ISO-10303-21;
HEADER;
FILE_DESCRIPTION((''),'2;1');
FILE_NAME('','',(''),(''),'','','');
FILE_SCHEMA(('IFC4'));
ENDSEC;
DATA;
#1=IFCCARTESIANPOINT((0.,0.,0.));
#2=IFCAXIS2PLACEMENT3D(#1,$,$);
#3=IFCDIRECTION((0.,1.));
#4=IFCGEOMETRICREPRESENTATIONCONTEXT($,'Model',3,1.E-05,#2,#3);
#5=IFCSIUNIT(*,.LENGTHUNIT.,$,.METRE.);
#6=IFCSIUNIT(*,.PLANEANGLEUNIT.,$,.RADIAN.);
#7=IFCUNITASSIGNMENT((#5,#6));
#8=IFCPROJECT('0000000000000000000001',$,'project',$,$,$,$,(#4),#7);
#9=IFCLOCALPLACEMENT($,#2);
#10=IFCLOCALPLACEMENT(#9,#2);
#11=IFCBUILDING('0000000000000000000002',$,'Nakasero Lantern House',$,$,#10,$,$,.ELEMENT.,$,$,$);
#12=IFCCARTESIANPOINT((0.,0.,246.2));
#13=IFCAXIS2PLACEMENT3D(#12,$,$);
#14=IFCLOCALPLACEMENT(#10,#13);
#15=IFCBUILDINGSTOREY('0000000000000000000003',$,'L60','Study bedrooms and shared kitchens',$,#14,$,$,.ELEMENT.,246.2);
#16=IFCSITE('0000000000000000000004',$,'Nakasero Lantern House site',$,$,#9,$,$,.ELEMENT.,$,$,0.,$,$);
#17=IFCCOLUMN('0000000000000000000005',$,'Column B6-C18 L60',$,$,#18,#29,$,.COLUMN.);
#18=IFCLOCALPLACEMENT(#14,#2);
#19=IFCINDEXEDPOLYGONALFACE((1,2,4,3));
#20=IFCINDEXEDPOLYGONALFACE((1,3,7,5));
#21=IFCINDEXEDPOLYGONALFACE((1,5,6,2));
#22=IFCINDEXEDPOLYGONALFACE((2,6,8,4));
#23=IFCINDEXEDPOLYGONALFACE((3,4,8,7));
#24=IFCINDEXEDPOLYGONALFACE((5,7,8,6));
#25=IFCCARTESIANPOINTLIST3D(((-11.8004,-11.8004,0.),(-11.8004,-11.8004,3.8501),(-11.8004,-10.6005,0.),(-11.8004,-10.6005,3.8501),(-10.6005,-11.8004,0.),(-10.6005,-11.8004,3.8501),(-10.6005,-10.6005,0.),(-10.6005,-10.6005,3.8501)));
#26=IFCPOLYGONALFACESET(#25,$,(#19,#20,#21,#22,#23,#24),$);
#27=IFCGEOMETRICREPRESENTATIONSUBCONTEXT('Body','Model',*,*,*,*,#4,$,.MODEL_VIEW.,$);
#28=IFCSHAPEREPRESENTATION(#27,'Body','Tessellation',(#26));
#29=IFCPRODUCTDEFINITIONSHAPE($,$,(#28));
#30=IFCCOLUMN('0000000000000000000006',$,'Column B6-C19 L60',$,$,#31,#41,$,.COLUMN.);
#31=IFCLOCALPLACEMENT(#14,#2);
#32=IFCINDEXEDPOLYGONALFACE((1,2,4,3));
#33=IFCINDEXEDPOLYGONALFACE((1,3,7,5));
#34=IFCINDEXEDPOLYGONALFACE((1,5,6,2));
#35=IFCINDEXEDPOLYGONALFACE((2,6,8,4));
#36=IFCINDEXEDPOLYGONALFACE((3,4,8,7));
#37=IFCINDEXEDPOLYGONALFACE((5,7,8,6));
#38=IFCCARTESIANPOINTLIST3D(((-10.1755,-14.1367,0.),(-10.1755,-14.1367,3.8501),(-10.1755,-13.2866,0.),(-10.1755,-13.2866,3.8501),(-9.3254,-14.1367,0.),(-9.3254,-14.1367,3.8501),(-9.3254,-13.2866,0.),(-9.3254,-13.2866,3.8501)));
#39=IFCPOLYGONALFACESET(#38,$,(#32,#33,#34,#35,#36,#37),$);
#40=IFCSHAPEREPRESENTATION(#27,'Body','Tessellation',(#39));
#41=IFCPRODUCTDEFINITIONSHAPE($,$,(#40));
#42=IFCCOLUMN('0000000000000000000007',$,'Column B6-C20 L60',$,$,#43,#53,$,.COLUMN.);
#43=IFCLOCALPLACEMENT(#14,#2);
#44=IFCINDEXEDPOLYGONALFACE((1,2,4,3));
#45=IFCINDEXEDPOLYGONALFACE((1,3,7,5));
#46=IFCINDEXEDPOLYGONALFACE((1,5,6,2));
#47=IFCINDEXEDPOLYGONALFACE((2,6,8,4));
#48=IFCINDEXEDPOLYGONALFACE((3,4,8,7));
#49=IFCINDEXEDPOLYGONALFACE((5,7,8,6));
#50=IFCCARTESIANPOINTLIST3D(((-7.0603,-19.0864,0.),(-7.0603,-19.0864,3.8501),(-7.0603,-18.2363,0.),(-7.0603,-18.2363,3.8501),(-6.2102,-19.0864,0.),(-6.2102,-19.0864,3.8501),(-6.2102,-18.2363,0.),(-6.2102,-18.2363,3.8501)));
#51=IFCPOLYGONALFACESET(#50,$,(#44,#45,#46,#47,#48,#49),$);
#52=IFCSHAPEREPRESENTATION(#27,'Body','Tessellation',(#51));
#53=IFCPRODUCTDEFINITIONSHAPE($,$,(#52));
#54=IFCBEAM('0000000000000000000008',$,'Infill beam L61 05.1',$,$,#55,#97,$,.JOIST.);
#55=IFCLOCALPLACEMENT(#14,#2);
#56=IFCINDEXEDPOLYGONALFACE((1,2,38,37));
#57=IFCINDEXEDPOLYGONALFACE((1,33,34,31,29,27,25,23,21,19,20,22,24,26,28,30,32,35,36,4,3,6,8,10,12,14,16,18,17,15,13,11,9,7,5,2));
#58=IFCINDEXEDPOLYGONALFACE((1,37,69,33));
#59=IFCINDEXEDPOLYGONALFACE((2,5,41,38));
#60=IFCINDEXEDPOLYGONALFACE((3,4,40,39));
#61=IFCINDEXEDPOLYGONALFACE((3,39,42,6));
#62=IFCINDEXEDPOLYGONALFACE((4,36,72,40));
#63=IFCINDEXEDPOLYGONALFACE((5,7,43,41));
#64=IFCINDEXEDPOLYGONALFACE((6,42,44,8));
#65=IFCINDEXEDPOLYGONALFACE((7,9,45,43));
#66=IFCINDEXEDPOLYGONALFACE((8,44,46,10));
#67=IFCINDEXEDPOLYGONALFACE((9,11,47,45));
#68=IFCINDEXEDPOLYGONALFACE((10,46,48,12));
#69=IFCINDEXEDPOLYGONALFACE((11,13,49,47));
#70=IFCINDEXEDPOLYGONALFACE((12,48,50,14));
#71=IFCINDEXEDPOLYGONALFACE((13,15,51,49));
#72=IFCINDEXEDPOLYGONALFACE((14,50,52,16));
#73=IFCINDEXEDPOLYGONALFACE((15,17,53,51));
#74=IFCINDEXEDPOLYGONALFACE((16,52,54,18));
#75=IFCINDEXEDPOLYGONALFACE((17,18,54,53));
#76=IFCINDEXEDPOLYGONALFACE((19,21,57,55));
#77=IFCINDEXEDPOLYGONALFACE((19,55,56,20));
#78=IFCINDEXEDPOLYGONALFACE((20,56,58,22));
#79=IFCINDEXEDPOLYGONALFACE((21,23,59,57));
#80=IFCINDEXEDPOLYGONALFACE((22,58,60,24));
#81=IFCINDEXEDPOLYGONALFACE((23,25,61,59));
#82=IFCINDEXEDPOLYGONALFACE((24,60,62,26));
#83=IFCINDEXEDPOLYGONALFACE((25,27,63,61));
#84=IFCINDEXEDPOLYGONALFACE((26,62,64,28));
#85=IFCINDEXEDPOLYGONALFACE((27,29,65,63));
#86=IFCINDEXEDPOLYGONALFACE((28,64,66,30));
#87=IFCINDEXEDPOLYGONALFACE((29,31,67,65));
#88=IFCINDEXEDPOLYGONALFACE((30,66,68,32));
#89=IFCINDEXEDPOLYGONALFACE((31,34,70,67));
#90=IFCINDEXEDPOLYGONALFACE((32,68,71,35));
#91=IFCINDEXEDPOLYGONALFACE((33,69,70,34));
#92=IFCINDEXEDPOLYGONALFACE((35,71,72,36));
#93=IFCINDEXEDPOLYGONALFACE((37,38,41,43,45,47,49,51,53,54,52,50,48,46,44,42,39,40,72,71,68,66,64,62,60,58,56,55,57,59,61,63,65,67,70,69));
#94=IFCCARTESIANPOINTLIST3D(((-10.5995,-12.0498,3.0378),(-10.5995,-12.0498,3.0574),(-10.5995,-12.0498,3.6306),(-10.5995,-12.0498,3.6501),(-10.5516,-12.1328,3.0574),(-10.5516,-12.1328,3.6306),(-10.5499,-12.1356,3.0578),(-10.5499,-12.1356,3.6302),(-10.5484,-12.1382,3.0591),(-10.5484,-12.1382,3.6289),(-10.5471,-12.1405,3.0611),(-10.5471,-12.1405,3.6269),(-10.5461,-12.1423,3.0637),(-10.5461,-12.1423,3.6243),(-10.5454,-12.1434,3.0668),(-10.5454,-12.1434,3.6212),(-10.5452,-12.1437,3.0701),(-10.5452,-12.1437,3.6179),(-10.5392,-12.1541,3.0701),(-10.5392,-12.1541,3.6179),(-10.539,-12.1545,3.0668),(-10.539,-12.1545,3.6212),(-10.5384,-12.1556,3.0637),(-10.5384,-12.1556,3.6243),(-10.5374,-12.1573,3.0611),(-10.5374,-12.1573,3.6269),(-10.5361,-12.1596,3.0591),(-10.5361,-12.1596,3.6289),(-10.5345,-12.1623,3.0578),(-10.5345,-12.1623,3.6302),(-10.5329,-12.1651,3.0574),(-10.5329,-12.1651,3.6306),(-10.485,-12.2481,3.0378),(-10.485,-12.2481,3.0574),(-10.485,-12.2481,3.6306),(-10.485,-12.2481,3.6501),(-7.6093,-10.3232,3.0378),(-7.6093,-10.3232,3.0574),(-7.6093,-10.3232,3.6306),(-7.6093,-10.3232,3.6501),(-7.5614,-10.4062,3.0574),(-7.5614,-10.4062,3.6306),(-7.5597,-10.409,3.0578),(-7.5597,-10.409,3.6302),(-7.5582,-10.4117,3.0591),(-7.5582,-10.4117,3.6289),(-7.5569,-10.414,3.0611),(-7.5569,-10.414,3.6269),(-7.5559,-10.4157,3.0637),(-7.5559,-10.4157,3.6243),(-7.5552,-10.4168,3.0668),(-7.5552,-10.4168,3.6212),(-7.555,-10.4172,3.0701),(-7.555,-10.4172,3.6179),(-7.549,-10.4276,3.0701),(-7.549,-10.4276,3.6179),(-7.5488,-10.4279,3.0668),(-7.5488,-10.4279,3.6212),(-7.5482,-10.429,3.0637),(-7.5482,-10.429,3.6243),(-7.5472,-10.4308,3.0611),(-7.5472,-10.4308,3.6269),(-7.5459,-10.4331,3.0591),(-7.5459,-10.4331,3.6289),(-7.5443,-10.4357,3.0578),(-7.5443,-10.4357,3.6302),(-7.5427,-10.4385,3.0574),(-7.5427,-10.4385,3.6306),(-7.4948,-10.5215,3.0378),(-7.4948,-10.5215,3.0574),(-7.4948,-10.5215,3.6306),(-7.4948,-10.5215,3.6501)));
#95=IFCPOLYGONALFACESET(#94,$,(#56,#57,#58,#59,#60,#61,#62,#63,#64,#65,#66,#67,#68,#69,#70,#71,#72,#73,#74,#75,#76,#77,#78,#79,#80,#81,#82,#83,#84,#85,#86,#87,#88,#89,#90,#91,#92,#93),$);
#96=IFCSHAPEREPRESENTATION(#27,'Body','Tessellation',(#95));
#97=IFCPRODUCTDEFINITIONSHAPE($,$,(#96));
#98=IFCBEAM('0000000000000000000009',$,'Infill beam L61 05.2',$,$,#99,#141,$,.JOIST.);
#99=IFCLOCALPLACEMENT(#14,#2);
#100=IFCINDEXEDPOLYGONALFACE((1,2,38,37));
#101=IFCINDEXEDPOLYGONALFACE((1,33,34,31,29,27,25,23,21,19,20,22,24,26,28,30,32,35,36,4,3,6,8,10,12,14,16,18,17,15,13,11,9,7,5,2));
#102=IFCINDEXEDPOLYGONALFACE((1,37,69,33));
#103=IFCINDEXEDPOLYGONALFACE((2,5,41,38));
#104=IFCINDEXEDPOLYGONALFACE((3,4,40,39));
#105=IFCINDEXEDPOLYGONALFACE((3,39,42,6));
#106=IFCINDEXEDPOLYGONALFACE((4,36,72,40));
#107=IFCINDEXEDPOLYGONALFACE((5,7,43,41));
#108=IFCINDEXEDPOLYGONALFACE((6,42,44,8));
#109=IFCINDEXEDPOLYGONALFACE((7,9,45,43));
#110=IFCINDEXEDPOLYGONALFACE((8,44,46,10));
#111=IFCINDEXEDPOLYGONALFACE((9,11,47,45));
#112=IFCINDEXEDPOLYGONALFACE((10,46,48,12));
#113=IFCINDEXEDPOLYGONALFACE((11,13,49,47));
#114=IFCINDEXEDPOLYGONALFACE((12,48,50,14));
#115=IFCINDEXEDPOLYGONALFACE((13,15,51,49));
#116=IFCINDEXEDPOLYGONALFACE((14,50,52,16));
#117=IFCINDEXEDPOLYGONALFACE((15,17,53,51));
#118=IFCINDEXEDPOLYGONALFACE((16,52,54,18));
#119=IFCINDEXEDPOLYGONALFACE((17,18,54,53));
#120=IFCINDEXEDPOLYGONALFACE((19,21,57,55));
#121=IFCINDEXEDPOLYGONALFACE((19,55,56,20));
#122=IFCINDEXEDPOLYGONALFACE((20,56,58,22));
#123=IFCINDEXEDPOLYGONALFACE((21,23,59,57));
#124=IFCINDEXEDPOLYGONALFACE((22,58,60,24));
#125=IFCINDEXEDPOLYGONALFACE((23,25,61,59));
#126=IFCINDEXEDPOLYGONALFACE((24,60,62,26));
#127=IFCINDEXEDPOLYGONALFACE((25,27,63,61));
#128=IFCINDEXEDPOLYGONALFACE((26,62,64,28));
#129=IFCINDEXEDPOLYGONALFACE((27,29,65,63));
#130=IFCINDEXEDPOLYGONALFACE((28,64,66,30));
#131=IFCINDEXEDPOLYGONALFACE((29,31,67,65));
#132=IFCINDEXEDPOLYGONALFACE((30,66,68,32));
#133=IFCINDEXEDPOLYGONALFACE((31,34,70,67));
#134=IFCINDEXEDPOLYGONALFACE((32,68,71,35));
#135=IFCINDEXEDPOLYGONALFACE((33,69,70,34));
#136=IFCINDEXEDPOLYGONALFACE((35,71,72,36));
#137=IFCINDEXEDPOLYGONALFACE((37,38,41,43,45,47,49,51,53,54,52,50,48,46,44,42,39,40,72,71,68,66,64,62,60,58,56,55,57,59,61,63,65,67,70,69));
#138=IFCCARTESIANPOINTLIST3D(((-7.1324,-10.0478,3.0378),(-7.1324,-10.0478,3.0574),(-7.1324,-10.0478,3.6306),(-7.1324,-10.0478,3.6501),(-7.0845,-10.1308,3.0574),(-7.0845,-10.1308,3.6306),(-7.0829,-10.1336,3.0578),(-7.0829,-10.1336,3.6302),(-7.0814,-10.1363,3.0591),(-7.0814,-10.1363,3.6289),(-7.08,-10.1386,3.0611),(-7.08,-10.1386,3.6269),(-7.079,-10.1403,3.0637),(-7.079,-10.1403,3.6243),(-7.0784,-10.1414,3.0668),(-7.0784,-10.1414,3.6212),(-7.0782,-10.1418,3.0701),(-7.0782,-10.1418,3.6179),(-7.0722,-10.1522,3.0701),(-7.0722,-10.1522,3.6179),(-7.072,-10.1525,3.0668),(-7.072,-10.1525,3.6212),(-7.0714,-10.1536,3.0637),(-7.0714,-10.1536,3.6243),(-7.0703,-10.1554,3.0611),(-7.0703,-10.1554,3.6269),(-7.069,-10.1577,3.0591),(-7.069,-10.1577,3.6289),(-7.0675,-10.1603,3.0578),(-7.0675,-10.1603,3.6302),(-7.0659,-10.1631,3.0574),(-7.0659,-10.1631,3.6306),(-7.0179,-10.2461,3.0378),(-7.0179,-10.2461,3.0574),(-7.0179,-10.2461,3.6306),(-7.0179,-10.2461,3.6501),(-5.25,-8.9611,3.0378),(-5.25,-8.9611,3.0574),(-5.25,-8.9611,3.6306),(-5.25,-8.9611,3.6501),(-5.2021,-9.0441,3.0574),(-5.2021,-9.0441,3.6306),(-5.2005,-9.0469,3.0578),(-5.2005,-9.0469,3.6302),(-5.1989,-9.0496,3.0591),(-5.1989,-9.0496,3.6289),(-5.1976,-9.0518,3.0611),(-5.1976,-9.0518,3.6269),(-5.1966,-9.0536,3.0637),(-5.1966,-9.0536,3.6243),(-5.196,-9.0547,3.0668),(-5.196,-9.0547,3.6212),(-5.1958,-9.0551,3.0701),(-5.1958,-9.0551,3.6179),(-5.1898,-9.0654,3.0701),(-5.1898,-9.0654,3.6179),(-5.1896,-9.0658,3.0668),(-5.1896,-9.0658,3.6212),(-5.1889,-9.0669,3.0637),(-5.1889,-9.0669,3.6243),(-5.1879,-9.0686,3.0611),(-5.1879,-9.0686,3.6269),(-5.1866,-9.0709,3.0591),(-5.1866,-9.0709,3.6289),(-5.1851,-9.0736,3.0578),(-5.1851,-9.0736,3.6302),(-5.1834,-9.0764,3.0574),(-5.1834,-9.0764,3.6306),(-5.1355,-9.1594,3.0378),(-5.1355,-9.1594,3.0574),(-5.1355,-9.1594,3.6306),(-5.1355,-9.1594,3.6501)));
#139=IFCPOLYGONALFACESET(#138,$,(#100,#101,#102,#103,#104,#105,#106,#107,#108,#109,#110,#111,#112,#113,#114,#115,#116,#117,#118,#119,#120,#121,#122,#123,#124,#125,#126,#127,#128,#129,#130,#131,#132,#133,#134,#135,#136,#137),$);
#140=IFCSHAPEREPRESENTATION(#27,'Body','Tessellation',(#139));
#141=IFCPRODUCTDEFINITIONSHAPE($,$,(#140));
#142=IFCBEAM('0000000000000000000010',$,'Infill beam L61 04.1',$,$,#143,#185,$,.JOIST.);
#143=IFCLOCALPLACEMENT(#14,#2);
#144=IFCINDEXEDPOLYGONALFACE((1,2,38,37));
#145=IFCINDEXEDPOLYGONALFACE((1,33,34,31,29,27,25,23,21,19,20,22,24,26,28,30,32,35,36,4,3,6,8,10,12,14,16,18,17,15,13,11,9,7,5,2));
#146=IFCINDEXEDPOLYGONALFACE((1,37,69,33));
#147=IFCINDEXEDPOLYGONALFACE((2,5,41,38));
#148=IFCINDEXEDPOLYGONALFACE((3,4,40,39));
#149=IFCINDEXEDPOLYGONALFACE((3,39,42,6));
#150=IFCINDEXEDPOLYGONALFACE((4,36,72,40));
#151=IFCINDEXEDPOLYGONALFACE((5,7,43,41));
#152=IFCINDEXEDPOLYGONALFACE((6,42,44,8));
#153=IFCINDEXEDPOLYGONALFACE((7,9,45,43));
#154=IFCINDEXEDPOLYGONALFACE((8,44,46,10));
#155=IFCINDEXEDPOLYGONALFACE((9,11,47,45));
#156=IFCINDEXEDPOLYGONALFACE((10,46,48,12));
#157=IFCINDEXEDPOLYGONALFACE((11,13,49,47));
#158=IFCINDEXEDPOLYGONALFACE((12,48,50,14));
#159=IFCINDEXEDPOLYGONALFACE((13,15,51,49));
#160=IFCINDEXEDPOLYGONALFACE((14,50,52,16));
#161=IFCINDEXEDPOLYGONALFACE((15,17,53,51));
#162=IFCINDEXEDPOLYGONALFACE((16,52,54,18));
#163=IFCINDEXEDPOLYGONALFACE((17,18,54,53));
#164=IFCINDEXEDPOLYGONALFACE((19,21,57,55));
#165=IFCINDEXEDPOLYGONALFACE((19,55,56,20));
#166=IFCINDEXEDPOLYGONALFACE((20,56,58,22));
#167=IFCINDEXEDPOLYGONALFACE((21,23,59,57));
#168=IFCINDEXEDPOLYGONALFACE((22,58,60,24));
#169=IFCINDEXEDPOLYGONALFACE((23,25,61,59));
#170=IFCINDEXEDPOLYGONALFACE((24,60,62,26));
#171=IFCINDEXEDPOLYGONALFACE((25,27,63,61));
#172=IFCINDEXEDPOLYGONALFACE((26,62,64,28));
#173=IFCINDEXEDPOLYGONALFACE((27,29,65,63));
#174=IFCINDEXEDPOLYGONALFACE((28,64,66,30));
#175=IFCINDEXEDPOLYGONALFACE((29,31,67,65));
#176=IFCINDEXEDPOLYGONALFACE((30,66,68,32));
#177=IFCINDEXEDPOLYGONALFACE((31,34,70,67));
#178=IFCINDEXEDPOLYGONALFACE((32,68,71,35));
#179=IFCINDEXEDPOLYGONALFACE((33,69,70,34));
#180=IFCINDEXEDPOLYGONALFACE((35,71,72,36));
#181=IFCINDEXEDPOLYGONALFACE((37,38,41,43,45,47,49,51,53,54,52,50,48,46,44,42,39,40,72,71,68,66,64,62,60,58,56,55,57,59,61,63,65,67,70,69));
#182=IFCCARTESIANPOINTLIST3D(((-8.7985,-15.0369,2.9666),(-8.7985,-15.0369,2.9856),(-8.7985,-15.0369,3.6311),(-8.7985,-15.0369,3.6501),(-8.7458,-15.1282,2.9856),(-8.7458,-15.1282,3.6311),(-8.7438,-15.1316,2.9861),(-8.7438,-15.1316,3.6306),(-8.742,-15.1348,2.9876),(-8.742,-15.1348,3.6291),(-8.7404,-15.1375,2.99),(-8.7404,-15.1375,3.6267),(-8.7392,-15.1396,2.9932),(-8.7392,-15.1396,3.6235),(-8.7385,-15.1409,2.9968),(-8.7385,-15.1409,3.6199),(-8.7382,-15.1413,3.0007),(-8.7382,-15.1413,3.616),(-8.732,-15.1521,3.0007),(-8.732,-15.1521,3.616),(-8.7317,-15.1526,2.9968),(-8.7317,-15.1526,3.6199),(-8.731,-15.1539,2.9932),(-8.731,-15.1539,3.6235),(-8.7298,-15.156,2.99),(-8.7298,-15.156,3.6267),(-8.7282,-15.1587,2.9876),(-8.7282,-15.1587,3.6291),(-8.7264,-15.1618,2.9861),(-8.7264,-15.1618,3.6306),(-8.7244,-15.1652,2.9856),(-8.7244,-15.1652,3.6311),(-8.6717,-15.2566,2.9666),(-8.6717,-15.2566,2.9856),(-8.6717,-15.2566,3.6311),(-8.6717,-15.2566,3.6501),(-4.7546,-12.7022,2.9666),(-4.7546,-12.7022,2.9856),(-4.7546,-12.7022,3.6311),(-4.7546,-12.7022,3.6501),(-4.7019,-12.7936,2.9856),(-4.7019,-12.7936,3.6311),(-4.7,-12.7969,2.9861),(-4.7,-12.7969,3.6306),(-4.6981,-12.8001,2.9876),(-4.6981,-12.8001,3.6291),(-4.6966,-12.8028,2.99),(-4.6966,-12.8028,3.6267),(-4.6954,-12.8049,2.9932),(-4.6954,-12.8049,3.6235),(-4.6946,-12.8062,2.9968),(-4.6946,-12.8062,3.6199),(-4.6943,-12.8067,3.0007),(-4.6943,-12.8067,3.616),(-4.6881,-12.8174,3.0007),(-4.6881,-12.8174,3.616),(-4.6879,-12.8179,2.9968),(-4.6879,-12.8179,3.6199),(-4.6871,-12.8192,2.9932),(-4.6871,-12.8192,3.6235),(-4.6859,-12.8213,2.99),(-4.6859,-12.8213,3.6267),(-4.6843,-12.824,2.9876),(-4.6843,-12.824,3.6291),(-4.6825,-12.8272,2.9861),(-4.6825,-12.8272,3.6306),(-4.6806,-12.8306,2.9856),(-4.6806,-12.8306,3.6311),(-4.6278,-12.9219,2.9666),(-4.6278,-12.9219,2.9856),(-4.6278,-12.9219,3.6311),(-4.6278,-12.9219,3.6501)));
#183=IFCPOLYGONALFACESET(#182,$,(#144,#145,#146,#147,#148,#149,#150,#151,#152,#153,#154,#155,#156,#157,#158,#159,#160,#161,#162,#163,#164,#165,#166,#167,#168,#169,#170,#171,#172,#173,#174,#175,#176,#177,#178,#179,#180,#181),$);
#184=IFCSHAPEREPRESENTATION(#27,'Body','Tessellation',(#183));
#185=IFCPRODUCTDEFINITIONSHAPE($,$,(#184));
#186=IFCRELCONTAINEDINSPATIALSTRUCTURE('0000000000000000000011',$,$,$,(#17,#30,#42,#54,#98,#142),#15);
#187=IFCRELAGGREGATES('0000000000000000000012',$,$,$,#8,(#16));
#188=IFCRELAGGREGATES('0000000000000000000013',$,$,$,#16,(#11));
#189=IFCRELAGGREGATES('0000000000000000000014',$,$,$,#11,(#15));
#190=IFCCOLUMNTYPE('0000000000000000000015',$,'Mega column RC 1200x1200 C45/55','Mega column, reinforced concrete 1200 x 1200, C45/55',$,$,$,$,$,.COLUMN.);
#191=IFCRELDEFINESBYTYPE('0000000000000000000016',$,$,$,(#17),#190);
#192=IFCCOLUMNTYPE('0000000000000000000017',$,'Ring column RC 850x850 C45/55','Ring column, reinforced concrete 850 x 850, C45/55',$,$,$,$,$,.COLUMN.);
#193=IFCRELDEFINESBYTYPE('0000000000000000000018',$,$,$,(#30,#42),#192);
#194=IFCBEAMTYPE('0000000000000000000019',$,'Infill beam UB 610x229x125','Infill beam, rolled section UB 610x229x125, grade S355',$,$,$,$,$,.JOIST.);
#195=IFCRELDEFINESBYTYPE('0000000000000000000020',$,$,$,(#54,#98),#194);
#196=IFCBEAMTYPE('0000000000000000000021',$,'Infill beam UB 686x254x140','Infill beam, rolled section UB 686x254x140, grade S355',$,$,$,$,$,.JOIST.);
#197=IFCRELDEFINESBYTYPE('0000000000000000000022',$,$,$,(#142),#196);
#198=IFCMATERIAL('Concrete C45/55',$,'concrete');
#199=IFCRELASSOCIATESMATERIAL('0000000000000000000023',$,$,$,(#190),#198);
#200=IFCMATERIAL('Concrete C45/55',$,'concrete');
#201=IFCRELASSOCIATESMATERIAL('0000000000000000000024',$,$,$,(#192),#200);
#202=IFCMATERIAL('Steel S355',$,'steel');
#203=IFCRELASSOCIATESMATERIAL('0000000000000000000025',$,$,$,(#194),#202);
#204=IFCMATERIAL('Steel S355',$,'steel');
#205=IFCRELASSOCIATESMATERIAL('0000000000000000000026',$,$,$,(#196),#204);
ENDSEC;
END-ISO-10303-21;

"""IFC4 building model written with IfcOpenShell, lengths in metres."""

from ifc_helpers import new_model, si_unit, direction, frame, origin, origin_2d, place, context, subcontext, project, spatial, rectangle, i_section, extrude, material, material_profile, profile_set, type_object, element, save


model = new_model("IFC4")

# Units and contexts
model_context = context("Model", 3, precision=1e-05, world=origin(), true_north=direction((0.0, 1.0)))
body_context = subcontext(model_context, "Body", "Model", "MODEL_VIEW")
ifc_project = project(units=[si_unit("LENGTHUNIT", "METRE"), si_unit("PLANEANGLEUNIT", "RADIAN")], contexts=[model_context])

# Site, building, storey
site_placement = place(None, origin())
site = spatial("IfcSite", under=ifc_project, at=site_placement, Name="Nakasero Lantern House site", CompositionType="ELEMENT", RefElevation=0.0)
building_placement = place(site_placement, origin())
building = spatial("IfcBuilding", under=site, at=building_placement, Name="Nakasero Lantern House", CompositionType="ELEMENT")
storey_placement = place(building_placement, frame((0.0, 0.0, 246.2)))
storey = spatial("IfcBuildingStorey", under=building, at=storey_placement, Name="L60", Description="Study bedrooms and shared kitchens", CompositionType="ELEMENT", Elevation=246.2)

# Columns
ifc_material_1 = material(Name="Concrete C45/55", Category="concrete")
ifc_material_profile_1 = material_profile(ifc_material_1, rectangle(XDim=1.2, YDim=1.2, at=origin_2d()), Name="RC 1200x1200")
ifc_profile_set_1 = profile_set([ifc_material_profile_1], Name="Concrete C45/55")
column_type_1 = type_object("IfcColumnType", Name="Mega column RC 1200x1200 C45/55", Description="Mega column, reinforced concrete 1200 x 1200, C45/55", PredefinedType="COLUMN", material=ifc_profile_set_1)
column_placement = place(storey_placement, frame((-11.2004, -11.2004, 0.0), z_axis=(0.0, 0.0, 1.0), x_axis=(1.0, 0.0, 0.0)))
element("IfcColumn", 1, at=column_placement, inside=storey, type_object=column_type_1, Name="Column B6-C18 L60", PredefinedType="COLUMN", context=body_context, shape_type="SweptSolid", body=[
    extrude(rectangle(XDim=1.2, YDim=1.2, at=origin_2d()), origin(), (0.0, 0.0, 1.0), 3.8501),
])
ifc_material_2 = material(Name="Concrete C45/55", Category="concrete")
ifc_material_profile_2 = material_profile(ifc_material_2, rectangle(XDim=0.8501, YDim=0.8501, at=origin_2d()), Name="RC 850x850")
ifc_profile_set_2 = profile_set([ifc_material_profile_2], Name="Concrete C45/55")
column_type_2 = type_object("IfcColumnType", Name="Ring column RC 850x850 C45/55", Description="Ring column, reinforced concrete 850 x 850, C45/55", PredefinedType="COLUMN", material=ifc_profile_set_2)
for number, where, z_axis, x_axis, name in (
    (2, (-9.7505, -13.7117, 0.0), (0.0, 0.0, 1.0), (1.0, 0.0, 0.0), "Column B6-C19 L60"),
    (3, (-6.6353, -18.6614, 0.0), (0.0, 0.0, 1.0), (1.0, 0.0, 0.0), "Column B6-C20 L60"),
):
    element("IfcColumn", number, at=place(storey_placement, frame(where, z_axis=z_axis, x_axis=x_axis)), inside=storey, type_object=column_type_2, Name=name, PredefinedType="COLUMN", context=body_context, shape_type="SweptSolid", body=[
        extrude(rectangle(XDim=0.8501, YDim=0.8501, at=origin_2d()), origin(), (0.0, 0.0, 1.0), 3.8501),
    ])

# Beams
ifc_material_3 = material(Name="Steel S355", Category="steel")
ifc_material_profile_3 = material_profile(ifc_material_3, i_section(OverallWidth=0.229, OverallDepth=0.6123, WebThickness=0.012, FlangeThickness=0.0195, FilletRadius=0.0127, at=origin_2d()), Name="UB 610x229x125")
ifc_profile_set_3 = profile_set([ifc_material_profile_3], Name="Steel S355")
beam_type_1 = type_object("IfcBeamType", Name="Infill beam UB 610x229x125", Description="Infill beam, rolled section UB 610x229x125, grade S355", PredefinedType="JOIST", material=ifc_profile_set_3)
beam_1_placement = place(storey_placement, frame((-10.5422, -12.1489, 3.344), z_axis=(0.866007, 0.500033, 0.0), x_axis=(-0.500033, 0.866007, 0.0)))
element("IfcBeam", 4, at=beam_1_placement, inside=storey, type_object=beam_type_1, Name="Infill beam L61 05.1", PredefinedType="JOIST", context=body_context, shape_type="SweptSolid", body=[
    extrude(i_section(OverallWidth=0.229, OverallDepth=0.6123, WebThickness=0.012, FlangeThickness=0.0195, FilletRadius=0.0127, at=origin_2d()), origin(), (0.0, 0.0, 1.0), 3.4529),
])
beam_2_placement = place(storey_placement, frame((-7.0752, -10.147, 3.344), z_axis=(0.866043, 0.499969, 0.0), x_axis=(-0.499969, 0.866043, 0.0)))
element("IfcBeam", 5, at=beam_2_placement, inside=storey, type_object=beam_type_1, Name="Infill beam L61 05.2", PredefinedType="JOIST", context=body_context, shape_type="SweptSolid", body=[
    extrude(i_section(OverallWidth=0.229, OverallDepth=0.6123, WebThickness=0.012, FlangeThickness=0.0195, FilletRadius=0.0127, at=origin_2d()), origin(), (0.0, 0.0, 1.0), 2.1736),
])
ifc_material_4 = material(Name="Steel S355", Category="steel")
ifc_material_profile_4 = material_profile(ifc_material_4, i_section(OverallWidth=0.2537, OverallDepth=0.6836, WebThickness=0.0125, FlangeThickness=0.019, FilletRadius=0.0151, at=origin_2d()), Name="UB 686x254x140")
ifc_profile_set_4 = profile_set([ifc_material_profile_4], Name="Steel S355")
beam_type_2 = type_object("IfcBeamType", Name="Infill beam UB 686x254x140", Description="Infill beam, rolled section UB 686x254x140, grade S355", PredefinedType="JOIST", material=ifc_profile_set_4)
beam_3_placement = place(storey_placement, frame((-8.7351, -15.1467, 3.3083), z_axis=(0.866031, 0.499991, 0.0), x_axis=(-0.499991, 0.866031, 0.0)))
element("IfcBeam", 6, at=beam_3_placement, inside=storey, type_object=beam_type_2, Name="Infill beam L61 04.1", PredefinedType="JOIST", context=body_context, shape_type="SweptSolid", body=[
    extrude(i_section(OverallWidth=0.2537, OverallDepth=0.6836, WebThickness=0.0125, FlangeThickness=0.019, FilletRadius=0.0151, at=origin_2d()), origin(), (0.0, 0.0, 1.0), 4.6694),
])

save(model, "model.ifc")
